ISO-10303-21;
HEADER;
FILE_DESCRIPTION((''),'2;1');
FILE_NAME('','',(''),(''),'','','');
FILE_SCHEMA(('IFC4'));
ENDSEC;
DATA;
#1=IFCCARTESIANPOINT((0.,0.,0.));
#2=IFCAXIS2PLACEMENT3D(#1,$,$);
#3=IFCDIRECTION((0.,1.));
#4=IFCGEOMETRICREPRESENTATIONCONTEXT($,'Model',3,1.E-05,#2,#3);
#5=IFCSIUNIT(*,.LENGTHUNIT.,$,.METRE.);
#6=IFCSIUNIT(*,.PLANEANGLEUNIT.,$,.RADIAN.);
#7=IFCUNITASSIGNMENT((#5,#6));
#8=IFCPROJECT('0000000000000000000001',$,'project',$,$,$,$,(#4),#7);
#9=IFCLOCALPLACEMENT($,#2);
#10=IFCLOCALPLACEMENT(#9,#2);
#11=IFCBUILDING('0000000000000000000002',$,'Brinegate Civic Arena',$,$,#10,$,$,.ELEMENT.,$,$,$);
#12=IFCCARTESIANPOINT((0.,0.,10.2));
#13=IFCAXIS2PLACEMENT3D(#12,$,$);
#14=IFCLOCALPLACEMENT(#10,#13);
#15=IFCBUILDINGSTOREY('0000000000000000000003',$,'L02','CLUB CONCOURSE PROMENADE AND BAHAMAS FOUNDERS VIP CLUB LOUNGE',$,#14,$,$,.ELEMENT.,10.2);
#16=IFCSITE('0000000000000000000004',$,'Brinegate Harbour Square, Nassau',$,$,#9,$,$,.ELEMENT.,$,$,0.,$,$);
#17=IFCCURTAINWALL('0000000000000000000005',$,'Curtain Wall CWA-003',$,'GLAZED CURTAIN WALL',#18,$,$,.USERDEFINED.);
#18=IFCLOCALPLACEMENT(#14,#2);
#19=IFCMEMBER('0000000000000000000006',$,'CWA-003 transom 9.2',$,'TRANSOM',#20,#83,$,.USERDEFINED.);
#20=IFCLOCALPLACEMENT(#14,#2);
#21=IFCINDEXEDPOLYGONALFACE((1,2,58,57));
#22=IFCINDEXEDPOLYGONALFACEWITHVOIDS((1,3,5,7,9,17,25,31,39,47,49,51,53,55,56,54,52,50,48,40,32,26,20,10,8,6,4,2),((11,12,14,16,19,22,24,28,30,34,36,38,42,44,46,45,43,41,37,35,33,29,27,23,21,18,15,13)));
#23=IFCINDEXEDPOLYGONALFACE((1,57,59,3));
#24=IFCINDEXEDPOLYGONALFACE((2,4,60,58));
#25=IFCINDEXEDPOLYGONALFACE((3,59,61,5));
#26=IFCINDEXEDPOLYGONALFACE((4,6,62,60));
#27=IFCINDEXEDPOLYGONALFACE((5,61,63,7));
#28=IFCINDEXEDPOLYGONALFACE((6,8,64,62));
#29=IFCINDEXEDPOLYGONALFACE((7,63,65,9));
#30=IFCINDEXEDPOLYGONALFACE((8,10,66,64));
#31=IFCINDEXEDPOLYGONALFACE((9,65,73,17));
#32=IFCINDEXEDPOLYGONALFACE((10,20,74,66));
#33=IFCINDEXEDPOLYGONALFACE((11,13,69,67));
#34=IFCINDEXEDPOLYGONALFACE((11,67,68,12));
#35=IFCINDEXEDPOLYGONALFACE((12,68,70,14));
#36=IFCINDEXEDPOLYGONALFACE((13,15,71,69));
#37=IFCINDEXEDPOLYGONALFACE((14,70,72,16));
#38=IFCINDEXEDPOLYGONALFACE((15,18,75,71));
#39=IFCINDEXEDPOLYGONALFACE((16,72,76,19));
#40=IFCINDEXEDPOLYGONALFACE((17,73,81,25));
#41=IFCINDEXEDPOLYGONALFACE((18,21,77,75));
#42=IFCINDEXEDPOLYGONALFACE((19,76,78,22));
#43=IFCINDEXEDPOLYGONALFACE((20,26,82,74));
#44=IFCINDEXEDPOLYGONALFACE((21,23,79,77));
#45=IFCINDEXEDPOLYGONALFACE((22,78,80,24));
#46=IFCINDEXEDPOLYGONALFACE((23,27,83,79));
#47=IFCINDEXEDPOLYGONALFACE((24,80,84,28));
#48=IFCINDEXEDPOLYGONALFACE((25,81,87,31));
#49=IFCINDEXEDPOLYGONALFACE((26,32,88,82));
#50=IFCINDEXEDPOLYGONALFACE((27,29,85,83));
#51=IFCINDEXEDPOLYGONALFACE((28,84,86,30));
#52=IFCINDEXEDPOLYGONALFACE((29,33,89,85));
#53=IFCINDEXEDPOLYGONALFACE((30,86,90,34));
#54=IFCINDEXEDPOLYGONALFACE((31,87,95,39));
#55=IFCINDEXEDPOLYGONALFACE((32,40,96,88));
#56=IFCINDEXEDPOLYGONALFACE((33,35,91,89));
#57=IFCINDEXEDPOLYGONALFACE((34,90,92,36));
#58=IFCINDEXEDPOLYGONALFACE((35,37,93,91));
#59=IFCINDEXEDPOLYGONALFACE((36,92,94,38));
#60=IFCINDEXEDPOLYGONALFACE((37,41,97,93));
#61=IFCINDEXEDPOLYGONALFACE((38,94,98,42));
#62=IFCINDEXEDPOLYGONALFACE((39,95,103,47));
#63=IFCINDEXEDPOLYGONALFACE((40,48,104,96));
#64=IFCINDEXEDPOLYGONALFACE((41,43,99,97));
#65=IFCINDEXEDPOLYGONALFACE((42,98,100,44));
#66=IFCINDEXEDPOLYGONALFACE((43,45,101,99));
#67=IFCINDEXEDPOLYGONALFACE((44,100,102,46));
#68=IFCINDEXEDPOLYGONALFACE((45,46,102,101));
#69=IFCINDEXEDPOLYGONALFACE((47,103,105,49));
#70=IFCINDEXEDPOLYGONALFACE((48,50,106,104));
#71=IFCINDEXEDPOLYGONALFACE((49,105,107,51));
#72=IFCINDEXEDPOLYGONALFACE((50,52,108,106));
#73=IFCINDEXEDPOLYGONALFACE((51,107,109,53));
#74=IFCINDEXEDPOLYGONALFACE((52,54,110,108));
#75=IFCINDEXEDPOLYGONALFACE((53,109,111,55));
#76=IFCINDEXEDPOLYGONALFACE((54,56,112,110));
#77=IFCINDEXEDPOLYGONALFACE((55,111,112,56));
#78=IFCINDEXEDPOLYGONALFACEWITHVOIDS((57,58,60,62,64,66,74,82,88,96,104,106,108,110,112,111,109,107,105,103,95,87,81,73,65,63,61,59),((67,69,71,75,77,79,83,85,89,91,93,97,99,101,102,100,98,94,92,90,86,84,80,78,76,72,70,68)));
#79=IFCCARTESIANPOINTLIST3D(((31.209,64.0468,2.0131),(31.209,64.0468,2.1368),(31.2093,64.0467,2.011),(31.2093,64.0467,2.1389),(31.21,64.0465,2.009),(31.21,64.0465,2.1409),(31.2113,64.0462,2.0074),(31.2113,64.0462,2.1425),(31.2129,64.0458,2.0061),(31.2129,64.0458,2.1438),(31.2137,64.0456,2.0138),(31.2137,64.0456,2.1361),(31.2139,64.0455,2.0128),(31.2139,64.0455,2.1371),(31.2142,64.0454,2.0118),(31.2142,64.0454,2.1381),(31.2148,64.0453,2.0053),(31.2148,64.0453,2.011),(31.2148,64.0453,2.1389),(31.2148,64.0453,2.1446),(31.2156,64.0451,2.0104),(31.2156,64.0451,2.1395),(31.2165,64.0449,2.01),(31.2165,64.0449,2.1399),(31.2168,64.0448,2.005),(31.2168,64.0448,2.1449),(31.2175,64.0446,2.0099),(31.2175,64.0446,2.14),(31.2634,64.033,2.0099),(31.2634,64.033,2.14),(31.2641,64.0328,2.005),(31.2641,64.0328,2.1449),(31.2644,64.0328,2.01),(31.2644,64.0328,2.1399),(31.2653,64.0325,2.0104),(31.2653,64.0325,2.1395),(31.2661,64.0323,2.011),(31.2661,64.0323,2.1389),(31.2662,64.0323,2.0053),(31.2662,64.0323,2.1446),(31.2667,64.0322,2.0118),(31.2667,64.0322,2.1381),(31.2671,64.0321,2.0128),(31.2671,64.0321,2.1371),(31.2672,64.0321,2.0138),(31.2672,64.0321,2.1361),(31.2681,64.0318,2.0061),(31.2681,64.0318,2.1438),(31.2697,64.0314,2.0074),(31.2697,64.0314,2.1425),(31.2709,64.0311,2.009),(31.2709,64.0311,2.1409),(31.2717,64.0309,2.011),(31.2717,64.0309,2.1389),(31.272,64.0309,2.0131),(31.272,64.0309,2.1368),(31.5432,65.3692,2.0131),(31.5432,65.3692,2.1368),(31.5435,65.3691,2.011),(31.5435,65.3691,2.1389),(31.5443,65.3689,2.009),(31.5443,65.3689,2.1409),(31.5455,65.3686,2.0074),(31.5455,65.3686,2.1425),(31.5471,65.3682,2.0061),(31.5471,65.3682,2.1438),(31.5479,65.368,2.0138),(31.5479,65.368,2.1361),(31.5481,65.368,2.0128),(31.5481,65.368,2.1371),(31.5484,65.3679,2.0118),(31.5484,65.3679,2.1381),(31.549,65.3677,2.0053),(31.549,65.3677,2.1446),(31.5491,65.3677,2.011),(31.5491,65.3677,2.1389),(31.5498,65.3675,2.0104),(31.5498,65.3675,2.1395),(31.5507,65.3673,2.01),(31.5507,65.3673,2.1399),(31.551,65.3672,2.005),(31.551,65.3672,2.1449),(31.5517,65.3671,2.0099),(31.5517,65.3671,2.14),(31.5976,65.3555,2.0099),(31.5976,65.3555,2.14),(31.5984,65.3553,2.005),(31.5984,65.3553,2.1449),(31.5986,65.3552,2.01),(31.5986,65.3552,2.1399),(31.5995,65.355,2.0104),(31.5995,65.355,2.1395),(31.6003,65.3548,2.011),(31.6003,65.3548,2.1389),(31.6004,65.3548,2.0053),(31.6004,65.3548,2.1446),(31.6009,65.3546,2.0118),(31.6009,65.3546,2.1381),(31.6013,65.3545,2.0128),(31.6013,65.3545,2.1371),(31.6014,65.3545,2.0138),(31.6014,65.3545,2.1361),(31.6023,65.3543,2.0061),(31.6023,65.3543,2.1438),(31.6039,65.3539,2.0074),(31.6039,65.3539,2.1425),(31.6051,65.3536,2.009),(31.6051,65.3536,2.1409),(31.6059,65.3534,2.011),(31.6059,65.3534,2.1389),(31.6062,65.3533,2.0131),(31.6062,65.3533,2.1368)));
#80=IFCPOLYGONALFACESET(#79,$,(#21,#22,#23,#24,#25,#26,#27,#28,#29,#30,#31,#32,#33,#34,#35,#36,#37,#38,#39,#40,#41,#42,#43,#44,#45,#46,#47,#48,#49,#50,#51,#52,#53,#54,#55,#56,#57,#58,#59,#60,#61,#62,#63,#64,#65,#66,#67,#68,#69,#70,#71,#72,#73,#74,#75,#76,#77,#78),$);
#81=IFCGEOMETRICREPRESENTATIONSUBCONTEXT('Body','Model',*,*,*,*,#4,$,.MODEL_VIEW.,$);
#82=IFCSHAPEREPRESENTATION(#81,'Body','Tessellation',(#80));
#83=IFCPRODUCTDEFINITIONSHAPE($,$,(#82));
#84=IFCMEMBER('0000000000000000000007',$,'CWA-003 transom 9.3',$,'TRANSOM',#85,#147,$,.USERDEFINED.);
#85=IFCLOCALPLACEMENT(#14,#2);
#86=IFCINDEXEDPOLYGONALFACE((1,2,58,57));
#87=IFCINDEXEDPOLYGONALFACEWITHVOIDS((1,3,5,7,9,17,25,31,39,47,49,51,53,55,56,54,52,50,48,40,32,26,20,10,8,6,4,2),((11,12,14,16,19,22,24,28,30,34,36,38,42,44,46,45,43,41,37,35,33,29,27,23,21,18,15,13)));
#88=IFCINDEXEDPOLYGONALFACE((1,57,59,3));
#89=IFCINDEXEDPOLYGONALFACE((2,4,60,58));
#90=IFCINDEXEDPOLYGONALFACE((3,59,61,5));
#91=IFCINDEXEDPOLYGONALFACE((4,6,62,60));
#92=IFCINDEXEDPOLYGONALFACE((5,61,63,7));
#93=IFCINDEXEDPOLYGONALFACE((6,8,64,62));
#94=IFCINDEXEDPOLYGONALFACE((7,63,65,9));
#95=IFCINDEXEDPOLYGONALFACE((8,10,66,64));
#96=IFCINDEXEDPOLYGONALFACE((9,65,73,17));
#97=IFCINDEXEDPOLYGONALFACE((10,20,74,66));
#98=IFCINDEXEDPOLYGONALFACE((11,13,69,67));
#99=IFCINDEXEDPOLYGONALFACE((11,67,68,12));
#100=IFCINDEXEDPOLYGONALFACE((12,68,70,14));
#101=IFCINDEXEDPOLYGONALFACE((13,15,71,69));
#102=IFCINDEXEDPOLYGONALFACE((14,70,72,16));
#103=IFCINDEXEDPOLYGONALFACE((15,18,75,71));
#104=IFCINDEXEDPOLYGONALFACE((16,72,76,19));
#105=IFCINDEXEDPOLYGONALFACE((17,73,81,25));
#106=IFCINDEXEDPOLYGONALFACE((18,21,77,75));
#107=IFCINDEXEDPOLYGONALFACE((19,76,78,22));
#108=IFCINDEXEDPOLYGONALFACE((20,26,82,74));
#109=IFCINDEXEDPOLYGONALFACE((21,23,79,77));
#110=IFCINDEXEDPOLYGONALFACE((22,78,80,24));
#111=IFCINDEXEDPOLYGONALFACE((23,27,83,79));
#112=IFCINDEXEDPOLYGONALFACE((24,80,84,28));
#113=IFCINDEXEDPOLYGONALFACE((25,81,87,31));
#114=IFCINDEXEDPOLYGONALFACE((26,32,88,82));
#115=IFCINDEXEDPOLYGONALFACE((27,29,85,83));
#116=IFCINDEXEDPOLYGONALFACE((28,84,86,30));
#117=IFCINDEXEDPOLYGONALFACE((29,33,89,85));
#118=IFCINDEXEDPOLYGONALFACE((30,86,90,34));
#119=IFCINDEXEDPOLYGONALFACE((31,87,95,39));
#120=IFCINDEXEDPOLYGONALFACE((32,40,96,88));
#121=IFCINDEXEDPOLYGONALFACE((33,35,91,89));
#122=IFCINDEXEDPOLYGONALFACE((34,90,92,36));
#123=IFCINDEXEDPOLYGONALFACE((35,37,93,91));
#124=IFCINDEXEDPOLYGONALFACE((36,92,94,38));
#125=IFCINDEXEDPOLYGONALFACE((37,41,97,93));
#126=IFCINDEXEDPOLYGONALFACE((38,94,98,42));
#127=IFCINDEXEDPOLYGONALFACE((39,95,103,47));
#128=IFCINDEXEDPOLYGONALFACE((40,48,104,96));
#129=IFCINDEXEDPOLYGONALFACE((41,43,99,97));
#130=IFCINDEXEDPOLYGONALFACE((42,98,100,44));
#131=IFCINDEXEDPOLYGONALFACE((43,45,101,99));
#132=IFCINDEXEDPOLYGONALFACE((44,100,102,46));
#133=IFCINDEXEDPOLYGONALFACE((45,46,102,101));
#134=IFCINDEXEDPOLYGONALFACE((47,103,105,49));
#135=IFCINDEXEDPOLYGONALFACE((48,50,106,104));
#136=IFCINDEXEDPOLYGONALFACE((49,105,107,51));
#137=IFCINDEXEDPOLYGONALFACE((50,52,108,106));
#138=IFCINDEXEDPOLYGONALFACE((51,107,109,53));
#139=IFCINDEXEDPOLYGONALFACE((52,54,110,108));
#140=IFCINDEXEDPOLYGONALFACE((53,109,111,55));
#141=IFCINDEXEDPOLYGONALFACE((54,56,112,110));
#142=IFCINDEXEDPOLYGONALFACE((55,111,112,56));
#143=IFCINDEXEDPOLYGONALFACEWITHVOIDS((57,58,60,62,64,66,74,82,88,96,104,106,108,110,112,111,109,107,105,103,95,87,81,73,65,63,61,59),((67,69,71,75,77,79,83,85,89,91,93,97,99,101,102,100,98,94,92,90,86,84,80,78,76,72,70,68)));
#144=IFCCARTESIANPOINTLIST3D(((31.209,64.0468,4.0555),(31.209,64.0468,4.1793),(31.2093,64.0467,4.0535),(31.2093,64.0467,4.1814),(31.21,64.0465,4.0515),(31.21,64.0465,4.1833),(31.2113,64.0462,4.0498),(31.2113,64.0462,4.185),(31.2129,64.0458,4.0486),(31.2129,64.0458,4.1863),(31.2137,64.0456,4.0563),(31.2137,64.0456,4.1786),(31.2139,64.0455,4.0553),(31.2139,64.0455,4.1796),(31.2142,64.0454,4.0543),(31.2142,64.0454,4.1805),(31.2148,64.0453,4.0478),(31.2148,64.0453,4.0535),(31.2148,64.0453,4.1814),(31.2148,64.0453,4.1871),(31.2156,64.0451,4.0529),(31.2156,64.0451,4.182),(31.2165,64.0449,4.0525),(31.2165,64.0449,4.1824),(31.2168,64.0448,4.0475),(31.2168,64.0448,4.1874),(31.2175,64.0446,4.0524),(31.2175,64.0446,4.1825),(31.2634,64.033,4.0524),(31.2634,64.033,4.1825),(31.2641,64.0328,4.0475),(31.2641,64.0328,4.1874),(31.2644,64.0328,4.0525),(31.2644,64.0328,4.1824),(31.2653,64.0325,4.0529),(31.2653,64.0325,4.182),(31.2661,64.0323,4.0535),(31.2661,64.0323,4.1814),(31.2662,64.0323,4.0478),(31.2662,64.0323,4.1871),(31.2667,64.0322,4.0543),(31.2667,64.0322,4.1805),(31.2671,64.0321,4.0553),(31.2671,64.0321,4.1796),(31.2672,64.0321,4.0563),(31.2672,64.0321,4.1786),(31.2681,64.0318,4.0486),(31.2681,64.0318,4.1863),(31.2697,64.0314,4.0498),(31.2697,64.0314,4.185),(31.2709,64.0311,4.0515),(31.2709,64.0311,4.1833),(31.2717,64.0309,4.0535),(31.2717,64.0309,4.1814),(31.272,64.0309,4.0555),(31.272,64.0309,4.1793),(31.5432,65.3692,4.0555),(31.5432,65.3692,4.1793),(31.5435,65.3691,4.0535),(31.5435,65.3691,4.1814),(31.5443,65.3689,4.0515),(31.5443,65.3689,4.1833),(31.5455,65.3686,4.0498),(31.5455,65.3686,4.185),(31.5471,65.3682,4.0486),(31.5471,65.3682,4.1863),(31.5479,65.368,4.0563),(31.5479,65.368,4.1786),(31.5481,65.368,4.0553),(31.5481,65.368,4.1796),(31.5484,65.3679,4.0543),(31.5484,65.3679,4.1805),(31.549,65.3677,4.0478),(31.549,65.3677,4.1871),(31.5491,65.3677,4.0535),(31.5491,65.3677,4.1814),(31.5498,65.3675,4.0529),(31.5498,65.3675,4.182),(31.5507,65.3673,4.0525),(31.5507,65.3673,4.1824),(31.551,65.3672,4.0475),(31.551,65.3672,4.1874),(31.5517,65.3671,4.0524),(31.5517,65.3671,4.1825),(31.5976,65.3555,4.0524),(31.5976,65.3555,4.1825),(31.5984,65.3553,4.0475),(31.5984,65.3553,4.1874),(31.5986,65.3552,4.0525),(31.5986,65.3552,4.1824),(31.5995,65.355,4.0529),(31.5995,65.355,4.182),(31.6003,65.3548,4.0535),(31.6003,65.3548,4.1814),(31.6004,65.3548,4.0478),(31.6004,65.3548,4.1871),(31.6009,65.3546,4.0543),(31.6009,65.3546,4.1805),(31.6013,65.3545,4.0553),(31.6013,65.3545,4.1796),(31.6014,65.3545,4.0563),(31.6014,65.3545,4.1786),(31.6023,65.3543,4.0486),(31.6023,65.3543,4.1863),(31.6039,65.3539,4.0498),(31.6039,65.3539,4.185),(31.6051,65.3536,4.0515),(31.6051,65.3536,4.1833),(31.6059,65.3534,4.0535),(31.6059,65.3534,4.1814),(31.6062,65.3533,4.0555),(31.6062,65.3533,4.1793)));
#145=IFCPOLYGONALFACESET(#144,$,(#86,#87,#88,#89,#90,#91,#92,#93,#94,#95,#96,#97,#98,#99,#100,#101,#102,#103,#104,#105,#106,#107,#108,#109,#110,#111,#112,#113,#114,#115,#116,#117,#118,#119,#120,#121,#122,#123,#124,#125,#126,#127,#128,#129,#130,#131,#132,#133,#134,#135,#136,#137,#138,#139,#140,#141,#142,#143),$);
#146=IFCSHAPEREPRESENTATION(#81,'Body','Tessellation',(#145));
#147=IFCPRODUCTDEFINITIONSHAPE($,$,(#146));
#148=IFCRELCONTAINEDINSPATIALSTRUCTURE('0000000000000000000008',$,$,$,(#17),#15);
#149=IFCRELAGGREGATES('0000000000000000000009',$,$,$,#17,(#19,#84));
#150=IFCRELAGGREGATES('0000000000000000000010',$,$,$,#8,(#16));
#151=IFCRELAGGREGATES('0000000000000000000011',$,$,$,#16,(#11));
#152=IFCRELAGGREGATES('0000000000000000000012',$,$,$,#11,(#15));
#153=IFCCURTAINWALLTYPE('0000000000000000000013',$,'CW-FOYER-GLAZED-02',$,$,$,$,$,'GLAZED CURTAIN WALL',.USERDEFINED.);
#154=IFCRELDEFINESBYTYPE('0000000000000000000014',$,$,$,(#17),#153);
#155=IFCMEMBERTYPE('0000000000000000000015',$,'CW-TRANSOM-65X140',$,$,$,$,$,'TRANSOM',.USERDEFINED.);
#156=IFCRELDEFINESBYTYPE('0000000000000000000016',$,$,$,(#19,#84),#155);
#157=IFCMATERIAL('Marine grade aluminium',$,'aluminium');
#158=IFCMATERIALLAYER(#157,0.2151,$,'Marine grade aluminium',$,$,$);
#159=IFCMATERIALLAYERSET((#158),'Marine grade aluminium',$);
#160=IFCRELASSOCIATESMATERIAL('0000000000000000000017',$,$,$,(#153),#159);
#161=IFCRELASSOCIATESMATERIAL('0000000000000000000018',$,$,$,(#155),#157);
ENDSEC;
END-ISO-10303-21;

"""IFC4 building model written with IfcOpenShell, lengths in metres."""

from ifc_helpers import new_model, si_unit, direction, frame, origin, origin_2d, place, context, subcontext, project, spatial, hollow_rectangle, extrude, material, layer, layer_set, material_profile, profile_set, type_object, element, aggregate, save


model = new_model("IFC4")

# Units and contexts
model_context = context("Model", 3, precision=1e-05, world=origin(), true_north=direction((0.0, 1.0)))
body_context = subcontext(model_context, "Body", "Model", "MODEL_VIEW")
ifc_project = project(units=[si_unit("LENGTHUNIT", "METRE"), si_unit("PLANEANGLEUNIT", "RADIAN")], contexts=[model_context])

# Site, building, storey
site_placement = place(None, origin())
site = spatial("IfcSite", under=ifc_project, at=site_placement, Name="Brinegate Harbour Square, Nassau", CompositionType="ELEMENT", RefElevation=0.0)
building_placement = place(site_placement, origin())
building = spatial("IfcBuilding", under=site, at=building_placement, Name="Brinegate Civic Arena", CompositionType="ELEMENT")
storey_placement = place(building_placement, frame((0.0, 0.0, 10.2)))
storey = spatial("IfcBuildingStorey", under=building, at=storey_placement, Name="L02", Description="CLUB CONCOURSE PROMENADE AND BAHAMAS FOUNDERS VIP CLUB LOUNGE", CompositionType="ELEMENT", Elevation=10.2)

# Curtain wall, members
ifc_material_1 = material(Name="Marine grade aluminium", Category="aluminium")
ifc_layer_1 = layer(ifc_material_1, 0.2151, Name="Marine grade aluminium")
ifc_layer_set_1 = layer_set([ifc_layer_1], Name="Marine grade aluminium")
curtain_wall_type_1 = type_object("IfcCurtainWallType", Name="CW-FOYER-GLAZED-02", ElementType="GLAZED CURTAIN WALL", PredefinedType="USERDEFINED", material=ifc_layer_set_1)
curtain_wall_1_placement = place(storey_placement, origin())
curtain_wall_1 = element("IfcCurtainWall", 1, at=curtain_wall_1_placement, inside=storey, type_object=curtain_wall_type_1, Name="Curtain Wall CWA-003", ObjectType="GLAZED CURTAIN WALL", PredefinedType="USERDEFINED")
ifc_material_profile_1 = material_profile(ifc_material_1, hollow_rectangle(XDim=0.0649, YDim=0.1399, WallThickness=0.0049, InnerFilletRadius=0.0039, OuterFilletRadius=0.0081, at=origin_2d()), Name="TRN65X140")
ifc_profile_set_1 = profile_set([ifc_material_profile_1], Name="Marine grade aluminium")
member_type_1 = type_object("IfcMemberType", Name="CW-TRANSOM-65X140", ElementType="TRANSOM", PredefinedType="USERDEFINED", material=ifc_profile_set_1)
member_1_placement = place(storey_placement, frame((31.2405, 64.0388, 2.075), z_axis=(0.245019, 0.969518, 0.0), x_axis=(-0.969518, 0.245019, 0.0)))
member_1 = element("IfcMember", 2, at=member_1_placement, type_object=member_type_1, Name="CWA-003 transom 9.2", ObjectType="TRANSOM", PredefinedType="USERDEFINED", context=body_context, shape_type="SweptSolid", body=[
    extrude(hollow_rectangle(XDim=0.0649, YDim=0.1399, WallThickness=0.0049, InnerFilletRadius=0.0039, OuterFilletRadius=0.0081, at=origin_2d()), origin(), (0.0, 0.0, 1.0), 1.364),
])
member_2_placement = place(storey_placement, frame((31.2405, 64.0388, 4.1174), z_axis=(0.245019, 0.969518, 0.0), x_axis=(-0.969518, 0.245019, 0.0)))
member_2 = element("IfcMember", 3, at=member_2_placement, type_object=member_type_1, Name="CWA-003 transom 9.3", ObjectType="TRANSOM", PredefinedType="USERDEFINED", context=body_context, shape_type="SweptSolid", body=[
    extrude(hollow_rectangle(XDim=0.0649, YDim=0.1399, WallThickness=0.0049, InnerFilletRadius=0.0039, OuterFilletRadius=0.0081, at=origin_2d()), origin(), (0.0, 0.0, 1.0), 1.364),
])

aggregate(curtain_wall_1, [member_1, member_2])

save(model, "model.ifc")
